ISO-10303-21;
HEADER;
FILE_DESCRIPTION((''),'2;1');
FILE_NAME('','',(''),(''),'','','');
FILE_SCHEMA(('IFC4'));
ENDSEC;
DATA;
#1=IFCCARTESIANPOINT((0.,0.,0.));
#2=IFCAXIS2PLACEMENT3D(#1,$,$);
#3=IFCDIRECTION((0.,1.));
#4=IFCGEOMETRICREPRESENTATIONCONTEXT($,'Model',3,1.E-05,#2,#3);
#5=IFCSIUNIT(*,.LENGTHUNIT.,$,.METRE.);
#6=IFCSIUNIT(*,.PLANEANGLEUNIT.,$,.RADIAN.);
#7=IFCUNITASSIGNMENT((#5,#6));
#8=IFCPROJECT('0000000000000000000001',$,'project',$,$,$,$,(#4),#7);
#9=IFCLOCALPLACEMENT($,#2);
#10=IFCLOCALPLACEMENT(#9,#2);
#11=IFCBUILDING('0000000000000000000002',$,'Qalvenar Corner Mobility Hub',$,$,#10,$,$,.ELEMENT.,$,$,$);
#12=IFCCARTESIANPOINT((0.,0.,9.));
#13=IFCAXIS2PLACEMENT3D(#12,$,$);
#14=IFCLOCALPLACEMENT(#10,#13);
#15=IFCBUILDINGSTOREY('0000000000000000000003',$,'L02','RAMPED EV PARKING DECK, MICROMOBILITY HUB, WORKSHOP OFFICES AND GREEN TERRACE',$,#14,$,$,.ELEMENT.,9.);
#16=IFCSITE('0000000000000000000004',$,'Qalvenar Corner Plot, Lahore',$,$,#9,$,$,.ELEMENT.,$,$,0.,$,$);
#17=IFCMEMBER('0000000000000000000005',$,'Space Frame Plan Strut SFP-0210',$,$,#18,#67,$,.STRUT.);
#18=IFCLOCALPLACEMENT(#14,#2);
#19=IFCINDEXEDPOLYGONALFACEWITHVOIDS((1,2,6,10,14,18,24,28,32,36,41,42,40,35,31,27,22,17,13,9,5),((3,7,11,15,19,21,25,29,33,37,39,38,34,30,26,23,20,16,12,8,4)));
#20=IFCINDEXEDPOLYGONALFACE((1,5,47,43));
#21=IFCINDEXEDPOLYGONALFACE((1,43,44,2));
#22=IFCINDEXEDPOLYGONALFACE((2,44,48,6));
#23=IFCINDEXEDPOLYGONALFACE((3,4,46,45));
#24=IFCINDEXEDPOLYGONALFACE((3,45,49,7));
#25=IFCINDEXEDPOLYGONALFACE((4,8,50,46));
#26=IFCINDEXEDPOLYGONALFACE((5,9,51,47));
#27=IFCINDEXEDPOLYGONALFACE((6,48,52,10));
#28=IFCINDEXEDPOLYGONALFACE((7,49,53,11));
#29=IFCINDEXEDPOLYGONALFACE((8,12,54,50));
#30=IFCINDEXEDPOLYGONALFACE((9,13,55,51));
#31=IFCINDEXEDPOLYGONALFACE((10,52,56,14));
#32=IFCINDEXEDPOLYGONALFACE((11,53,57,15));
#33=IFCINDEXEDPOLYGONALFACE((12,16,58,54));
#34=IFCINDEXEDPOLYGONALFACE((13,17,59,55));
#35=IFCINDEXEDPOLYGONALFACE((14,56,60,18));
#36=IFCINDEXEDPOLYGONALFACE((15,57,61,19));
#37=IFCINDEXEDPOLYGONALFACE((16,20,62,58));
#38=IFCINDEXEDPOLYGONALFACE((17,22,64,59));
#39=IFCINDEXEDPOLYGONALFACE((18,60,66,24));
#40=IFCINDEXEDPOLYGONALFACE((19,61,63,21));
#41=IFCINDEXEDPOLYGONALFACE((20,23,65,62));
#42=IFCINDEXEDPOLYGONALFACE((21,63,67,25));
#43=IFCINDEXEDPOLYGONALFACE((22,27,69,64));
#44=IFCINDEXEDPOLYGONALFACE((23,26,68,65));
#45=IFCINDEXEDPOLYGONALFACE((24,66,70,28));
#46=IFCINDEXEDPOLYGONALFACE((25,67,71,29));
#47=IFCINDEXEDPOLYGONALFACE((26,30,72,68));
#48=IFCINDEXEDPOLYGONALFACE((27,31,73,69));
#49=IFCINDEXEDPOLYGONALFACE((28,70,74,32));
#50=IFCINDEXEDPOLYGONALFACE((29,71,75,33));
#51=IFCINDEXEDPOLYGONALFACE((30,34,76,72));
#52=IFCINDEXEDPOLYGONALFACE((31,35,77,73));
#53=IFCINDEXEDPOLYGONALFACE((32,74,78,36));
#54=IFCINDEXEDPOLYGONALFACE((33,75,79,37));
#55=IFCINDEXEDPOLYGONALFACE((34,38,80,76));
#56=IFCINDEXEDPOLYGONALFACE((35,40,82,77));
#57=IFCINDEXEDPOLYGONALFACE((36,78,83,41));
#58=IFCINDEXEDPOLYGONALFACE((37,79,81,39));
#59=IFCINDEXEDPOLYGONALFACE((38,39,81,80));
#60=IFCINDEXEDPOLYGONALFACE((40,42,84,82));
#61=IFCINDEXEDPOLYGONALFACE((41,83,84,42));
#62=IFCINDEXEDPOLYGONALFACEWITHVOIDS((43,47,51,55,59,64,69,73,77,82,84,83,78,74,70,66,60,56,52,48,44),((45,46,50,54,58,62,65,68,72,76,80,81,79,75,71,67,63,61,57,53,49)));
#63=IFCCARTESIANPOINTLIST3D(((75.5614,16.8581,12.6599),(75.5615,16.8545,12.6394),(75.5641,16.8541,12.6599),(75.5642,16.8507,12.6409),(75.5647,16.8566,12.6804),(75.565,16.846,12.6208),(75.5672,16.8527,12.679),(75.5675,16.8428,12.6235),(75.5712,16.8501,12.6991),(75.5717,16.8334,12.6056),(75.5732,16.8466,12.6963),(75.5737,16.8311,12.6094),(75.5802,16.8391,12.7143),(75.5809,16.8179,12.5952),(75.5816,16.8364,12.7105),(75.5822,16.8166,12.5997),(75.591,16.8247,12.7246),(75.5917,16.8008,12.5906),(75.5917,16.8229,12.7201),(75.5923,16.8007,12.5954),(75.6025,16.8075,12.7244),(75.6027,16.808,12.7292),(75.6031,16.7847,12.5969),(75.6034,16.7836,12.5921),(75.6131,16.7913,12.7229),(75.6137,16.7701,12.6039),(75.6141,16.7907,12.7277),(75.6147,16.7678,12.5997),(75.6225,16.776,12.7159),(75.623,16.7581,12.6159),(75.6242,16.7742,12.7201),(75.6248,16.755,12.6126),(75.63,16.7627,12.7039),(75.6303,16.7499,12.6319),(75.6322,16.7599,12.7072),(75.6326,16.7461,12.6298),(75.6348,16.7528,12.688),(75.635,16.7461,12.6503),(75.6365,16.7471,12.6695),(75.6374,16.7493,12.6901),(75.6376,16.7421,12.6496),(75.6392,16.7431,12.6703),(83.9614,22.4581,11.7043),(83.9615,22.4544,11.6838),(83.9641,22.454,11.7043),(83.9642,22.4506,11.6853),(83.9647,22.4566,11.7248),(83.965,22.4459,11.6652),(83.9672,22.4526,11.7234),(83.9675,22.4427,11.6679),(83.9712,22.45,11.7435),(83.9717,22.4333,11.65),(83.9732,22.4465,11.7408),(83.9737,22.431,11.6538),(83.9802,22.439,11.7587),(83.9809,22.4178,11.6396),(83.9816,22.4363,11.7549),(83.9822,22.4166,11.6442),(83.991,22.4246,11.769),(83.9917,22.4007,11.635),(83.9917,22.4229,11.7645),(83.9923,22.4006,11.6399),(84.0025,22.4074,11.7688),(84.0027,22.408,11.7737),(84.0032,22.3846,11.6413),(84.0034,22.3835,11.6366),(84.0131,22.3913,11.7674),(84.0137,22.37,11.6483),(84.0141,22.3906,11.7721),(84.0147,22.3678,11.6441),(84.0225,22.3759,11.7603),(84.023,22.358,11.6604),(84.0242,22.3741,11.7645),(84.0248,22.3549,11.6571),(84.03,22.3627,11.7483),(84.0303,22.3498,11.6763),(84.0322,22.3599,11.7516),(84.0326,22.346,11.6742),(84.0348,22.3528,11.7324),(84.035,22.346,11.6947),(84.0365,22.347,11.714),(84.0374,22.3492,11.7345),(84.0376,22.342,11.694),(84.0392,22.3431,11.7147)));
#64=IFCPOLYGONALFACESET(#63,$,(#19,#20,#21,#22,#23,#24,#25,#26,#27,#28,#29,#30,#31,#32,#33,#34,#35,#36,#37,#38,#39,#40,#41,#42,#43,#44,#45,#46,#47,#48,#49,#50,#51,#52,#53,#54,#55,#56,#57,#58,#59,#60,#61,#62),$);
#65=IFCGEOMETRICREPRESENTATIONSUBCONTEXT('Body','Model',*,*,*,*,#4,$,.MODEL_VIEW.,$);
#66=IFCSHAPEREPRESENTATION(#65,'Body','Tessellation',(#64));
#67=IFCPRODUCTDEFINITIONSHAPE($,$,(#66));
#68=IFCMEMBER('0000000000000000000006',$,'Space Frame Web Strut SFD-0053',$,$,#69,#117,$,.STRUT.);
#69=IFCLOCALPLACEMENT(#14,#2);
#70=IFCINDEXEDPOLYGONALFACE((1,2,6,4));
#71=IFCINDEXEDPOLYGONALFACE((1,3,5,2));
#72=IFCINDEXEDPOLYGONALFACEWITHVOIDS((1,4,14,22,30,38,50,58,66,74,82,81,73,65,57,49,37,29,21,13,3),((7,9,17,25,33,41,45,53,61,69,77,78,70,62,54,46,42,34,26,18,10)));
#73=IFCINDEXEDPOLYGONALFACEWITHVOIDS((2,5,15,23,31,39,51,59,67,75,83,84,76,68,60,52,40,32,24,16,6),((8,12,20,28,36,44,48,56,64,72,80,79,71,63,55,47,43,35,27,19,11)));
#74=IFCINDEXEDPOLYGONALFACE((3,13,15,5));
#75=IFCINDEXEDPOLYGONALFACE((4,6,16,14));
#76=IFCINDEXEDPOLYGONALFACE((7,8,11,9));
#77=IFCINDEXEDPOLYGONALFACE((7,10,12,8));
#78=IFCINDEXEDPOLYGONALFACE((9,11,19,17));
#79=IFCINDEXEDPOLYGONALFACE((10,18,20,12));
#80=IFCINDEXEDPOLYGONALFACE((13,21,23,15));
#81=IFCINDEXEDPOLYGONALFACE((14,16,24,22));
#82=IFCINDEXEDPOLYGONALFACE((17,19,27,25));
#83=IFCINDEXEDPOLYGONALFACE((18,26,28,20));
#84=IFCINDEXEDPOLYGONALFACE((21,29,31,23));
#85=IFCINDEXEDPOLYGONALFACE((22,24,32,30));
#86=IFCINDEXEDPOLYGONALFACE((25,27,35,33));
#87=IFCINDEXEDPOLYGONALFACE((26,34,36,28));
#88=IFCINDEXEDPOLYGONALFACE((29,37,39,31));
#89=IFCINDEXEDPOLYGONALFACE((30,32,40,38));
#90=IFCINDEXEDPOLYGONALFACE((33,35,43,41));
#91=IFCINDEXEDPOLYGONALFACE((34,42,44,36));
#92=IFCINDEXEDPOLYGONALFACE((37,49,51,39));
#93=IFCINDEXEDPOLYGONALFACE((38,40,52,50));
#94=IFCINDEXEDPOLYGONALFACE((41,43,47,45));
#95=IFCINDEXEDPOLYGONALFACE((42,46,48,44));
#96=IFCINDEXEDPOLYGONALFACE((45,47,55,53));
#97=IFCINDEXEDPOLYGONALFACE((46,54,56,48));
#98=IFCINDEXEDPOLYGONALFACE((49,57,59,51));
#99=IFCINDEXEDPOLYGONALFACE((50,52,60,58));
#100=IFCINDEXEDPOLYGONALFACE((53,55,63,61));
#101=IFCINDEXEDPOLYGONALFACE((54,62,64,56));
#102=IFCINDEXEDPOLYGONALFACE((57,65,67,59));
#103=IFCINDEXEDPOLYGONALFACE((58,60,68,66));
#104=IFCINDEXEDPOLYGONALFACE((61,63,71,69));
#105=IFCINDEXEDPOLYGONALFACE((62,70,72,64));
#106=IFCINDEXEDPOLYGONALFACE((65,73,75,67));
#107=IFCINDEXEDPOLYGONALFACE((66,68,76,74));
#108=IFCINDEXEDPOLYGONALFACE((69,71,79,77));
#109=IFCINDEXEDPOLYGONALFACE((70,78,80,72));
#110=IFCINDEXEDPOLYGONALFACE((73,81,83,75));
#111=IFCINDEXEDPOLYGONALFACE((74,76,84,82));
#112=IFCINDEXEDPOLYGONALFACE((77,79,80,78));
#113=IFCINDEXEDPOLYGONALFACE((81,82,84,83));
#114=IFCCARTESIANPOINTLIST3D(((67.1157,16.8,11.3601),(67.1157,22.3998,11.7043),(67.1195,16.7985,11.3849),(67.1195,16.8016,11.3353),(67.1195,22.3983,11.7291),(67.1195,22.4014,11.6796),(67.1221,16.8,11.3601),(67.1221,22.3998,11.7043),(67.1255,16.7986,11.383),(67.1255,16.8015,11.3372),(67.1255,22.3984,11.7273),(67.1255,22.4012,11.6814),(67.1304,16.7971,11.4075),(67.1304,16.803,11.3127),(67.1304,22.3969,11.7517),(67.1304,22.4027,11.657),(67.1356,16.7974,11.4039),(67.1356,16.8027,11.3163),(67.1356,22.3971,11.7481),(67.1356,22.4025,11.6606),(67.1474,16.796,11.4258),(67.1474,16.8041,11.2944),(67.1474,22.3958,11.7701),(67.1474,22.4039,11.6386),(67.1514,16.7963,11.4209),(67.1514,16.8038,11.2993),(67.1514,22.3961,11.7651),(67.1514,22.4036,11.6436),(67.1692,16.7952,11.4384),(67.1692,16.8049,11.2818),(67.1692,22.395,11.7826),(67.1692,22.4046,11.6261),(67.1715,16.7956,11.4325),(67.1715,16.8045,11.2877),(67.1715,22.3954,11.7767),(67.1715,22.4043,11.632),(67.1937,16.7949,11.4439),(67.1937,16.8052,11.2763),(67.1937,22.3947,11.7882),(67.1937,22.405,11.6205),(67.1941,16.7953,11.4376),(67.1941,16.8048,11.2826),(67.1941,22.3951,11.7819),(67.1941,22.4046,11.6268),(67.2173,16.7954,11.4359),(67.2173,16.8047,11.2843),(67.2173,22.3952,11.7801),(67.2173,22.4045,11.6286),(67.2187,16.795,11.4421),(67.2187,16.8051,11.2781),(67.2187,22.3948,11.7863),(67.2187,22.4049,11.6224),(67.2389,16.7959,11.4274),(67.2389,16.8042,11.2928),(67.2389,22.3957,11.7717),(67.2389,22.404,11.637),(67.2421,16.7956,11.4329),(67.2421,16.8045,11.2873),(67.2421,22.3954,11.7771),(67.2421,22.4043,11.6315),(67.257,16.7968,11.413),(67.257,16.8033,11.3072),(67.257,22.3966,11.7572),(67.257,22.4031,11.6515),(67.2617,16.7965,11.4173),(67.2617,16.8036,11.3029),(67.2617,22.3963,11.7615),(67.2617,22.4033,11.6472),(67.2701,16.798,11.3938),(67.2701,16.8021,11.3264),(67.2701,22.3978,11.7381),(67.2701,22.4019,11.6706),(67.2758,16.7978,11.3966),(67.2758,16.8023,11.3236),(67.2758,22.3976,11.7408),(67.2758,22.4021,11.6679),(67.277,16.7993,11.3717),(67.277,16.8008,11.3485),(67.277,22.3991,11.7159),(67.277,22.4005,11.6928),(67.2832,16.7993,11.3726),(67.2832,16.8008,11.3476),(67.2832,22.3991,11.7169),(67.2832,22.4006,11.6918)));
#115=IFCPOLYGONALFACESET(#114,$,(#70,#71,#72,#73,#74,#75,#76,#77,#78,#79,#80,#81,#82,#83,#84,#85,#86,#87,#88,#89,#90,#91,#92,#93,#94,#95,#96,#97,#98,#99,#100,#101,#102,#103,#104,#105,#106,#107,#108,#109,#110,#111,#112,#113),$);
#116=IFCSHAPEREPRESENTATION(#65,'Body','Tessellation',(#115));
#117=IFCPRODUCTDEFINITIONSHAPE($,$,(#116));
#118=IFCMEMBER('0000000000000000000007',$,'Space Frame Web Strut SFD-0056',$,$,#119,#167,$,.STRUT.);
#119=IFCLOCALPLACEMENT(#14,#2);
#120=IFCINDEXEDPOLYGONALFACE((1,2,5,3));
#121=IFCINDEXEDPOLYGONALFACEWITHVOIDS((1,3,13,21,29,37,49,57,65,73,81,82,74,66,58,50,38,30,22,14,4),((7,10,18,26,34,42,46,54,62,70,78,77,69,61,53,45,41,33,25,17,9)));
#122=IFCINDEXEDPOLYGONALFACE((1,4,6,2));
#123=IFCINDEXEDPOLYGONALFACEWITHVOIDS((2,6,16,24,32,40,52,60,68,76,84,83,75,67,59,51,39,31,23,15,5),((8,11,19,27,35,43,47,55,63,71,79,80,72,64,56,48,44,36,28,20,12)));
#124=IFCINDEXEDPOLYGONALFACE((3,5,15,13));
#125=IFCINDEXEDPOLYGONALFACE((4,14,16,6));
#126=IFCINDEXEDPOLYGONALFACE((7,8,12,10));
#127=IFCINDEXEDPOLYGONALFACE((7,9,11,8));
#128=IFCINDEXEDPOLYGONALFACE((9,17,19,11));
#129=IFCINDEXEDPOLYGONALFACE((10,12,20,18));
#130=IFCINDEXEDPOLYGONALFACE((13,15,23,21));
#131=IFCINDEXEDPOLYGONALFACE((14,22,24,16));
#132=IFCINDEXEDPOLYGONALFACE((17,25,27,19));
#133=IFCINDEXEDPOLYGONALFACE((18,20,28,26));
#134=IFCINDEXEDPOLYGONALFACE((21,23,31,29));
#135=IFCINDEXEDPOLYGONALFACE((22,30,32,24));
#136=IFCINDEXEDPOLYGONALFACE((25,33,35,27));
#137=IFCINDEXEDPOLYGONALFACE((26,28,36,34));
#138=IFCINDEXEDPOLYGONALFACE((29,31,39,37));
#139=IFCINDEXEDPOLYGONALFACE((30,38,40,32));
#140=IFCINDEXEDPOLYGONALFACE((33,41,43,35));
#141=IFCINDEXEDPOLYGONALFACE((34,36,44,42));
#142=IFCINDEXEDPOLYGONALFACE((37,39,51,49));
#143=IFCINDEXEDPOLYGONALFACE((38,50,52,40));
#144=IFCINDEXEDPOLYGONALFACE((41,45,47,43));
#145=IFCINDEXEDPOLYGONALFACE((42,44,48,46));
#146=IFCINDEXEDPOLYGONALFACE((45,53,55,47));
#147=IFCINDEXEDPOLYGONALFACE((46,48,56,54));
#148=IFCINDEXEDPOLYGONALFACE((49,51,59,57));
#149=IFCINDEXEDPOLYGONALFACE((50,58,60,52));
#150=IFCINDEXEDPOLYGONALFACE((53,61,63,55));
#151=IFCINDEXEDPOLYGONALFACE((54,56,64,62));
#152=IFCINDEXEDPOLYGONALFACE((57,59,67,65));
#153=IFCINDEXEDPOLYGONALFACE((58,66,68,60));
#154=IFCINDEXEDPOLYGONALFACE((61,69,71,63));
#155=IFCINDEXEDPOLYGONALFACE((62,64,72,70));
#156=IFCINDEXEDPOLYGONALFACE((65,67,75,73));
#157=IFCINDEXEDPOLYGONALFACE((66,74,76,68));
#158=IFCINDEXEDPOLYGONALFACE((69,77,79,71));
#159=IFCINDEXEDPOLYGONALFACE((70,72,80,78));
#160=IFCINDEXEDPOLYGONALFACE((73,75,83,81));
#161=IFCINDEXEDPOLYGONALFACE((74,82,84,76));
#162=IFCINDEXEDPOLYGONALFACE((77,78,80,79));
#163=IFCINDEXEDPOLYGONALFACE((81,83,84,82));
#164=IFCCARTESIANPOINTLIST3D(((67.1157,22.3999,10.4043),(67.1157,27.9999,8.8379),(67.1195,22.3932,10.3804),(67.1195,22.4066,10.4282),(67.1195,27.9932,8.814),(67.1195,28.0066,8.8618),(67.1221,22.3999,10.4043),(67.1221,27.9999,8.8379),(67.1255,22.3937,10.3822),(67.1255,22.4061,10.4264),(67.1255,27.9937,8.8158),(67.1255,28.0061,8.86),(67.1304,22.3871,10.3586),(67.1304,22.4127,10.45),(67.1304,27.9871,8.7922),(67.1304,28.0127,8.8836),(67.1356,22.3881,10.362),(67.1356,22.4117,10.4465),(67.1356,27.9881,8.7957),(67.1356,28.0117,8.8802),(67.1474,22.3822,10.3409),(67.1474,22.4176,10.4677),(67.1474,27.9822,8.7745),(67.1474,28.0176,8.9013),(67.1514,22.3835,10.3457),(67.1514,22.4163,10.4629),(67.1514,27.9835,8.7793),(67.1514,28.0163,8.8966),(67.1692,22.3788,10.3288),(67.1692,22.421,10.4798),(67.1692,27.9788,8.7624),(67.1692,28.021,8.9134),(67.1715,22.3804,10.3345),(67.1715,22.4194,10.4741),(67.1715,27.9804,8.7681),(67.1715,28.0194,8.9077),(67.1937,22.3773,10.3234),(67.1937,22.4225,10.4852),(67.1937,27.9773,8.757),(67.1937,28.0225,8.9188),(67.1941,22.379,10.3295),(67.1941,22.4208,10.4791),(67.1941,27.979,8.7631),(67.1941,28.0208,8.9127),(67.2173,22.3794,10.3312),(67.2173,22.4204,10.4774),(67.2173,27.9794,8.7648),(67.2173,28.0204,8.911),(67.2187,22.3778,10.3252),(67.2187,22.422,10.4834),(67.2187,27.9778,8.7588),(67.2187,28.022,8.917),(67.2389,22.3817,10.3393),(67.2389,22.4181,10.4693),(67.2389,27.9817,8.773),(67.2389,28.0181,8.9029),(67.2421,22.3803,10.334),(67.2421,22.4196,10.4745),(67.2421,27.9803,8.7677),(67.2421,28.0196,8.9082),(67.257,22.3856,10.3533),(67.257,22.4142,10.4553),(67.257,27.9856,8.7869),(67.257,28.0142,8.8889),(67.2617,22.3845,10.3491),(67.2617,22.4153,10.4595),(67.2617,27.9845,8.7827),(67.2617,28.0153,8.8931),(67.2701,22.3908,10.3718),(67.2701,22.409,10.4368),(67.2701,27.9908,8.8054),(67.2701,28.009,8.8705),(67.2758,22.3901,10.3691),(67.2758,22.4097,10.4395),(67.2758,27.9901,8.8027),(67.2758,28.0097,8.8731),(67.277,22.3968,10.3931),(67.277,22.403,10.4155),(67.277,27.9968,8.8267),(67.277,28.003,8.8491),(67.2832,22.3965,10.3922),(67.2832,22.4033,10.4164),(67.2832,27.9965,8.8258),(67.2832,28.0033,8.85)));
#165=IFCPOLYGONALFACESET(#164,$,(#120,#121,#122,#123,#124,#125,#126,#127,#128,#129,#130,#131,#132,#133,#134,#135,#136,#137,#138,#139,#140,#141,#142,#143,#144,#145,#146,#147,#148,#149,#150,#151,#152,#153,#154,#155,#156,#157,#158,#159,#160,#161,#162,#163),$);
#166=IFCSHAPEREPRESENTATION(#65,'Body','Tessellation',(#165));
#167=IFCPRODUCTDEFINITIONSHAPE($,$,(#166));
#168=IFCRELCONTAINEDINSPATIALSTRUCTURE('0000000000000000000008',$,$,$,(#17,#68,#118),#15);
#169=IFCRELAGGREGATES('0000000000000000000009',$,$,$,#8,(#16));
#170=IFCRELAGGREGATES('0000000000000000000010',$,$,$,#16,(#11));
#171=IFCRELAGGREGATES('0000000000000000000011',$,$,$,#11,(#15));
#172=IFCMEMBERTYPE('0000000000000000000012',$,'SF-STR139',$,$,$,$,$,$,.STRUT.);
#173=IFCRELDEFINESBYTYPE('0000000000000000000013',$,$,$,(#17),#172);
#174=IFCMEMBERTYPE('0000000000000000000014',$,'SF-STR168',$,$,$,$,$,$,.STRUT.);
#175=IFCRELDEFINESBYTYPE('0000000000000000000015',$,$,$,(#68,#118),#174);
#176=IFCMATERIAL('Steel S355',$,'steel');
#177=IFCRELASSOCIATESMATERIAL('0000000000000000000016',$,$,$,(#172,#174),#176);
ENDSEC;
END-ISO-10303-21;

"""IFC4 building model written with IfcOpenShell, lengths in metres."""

from ifc_helpers import new_model, si_unit, direction, frame, origin, origin_2d, place, context, subcontext, project, spatial, hollow_circle, extrude, material, material_profile, profile_set, type_object, element, save


model = new_model("IFC4")

# Units and contexts
model_context = context("Model", 3, precision=1e-05, world=origin(), true_north=direction((0.0, 1.0)))
body_context = subcontext(model_context, "Body", "Model", "MODEL_VIEW")
ifc_project = project(units=[si_unit("LENGTHUNIT", "METRE"), si_unit("PLANEANGLEUNIT", "RADIAN")], contexts=[model_context])

# Site, building, storey
site_placement = place(None, origin())
site = spatial("IfcSite", under=ifc_project, at=site_placement, Name="Qalvenar Corner Plot, Lahore", CompositionType="ELEMENT", RefElevation=0.0)
building_placement = place(site_placement, origin())
building = spatial("IfcBuilding", under=site, at=building_placement, Name="Qalvenar Corner Mobility Hub", CompositionType="ELEMENT")
storey_placement = place(building_placement, frame((0.0, 0.0, 9.0)))
storey = spatial("IfcBuildingStorey", under=building, at=storey_placement, Name="L02", Description="RAMPED EV PARKING DECK, MICROMOBILITY HUB, WORKSHOP OFFICES AND GREEN TERRACE", CompositionType="ELEMENT", Elevation=9.0)

# Members
ifc_material_1 = material(Name="Steel S355", Category="steel")
ifc_material_profile_1 = material_profile(ifc_material_1, hollow_circle(Radius=0.0698, WallThickness=0.0049, at=origin_2d()), Name="CHS139.7x5")
ifc_profile_set_1 = profile_set([ifc_material_profile_1], Name="Steel S355")
member_type_1 = type_object("IfcMemberType", Name="SF-STR139", PredefinedType="STRUT", material=ifc_profile_set_1)
member_1_placement = place(storey_placement, frame((75.6001, 16.8, 12.6599), z_axis=(0.828352, 0.552226, -0.094233), x_axis=(-0.554695, 0.832054, 0.0)))
element("IfcMember", 1, at=member_1_placement, inside=storey, type_object=member_type_1, Name="Space Frame Plan Strut SFP-0210", PredefinedType="STRUT", context=body_context, shape_type="SweptSolid", body=[
    extrude(hollow_circle(Radius=0.0698, WallThickness=0.0049, at=origin_2d()), origin(), (0.0, 0.0, 1.0), 10.1406),
])
ifc_material_profile_2 = material_profile(ifc_material_1, hollow_circle(Radius=0.0842, WallThickness=0.0063, at=origin_2d()), Name="CHS168.3x6.3")
ifc_profile_set_2 = profile_set([ifc_material_profile_2], Name="Steel S355")
member_type_2 = type_object("IfcMemberType", Name="SF-STR168", PredefinedType="STRUT", material=ifc_profile_set_2)
member_2_placement = place(storey_placement, frame((67.2, 16.8, 11.3601), z_axis=(0.0, 0.998116, 0.061357), x_axis=(-1.0, 0.0, 0.0)))
element("IfcMember", 2, at=member_2_placement, inside=storey, type_object=member_type_2, Name="Space Frame Web Strut SFD-0053", PredefinedType="STRUT", context=body_context, shape_type="SweptSolid", body=[
    extrude(hollow_circle(Radius=0.0842, WallThickness=0.0063, at=origin_2d()), origin(), (0.0, 0.0, 1.0), 5.6104),
])
member_3_placement = place(storey_placement, frame((67.2, 22.3999, 10.4043), z_axis=(0.0, 0.963036, -0.269371), x_axis=(-1.0, 0.0, 0.0)))
element("IfcMember", 3, at=member_3_placement, inside=storey, type_object=member_type_2, Name="Space Frame Web Strut SFD-0056", PredefinedType="STRUT", context=body_context, shape_type="SweptSolid", body=[
    extrude(hollow_circle(Radius=0.0842, WallThickness=0.0063, at=origin_2d()), origin(), (0.0, 0.0, 1.0), 5.8149),
])

save(model, "model.ifc")
